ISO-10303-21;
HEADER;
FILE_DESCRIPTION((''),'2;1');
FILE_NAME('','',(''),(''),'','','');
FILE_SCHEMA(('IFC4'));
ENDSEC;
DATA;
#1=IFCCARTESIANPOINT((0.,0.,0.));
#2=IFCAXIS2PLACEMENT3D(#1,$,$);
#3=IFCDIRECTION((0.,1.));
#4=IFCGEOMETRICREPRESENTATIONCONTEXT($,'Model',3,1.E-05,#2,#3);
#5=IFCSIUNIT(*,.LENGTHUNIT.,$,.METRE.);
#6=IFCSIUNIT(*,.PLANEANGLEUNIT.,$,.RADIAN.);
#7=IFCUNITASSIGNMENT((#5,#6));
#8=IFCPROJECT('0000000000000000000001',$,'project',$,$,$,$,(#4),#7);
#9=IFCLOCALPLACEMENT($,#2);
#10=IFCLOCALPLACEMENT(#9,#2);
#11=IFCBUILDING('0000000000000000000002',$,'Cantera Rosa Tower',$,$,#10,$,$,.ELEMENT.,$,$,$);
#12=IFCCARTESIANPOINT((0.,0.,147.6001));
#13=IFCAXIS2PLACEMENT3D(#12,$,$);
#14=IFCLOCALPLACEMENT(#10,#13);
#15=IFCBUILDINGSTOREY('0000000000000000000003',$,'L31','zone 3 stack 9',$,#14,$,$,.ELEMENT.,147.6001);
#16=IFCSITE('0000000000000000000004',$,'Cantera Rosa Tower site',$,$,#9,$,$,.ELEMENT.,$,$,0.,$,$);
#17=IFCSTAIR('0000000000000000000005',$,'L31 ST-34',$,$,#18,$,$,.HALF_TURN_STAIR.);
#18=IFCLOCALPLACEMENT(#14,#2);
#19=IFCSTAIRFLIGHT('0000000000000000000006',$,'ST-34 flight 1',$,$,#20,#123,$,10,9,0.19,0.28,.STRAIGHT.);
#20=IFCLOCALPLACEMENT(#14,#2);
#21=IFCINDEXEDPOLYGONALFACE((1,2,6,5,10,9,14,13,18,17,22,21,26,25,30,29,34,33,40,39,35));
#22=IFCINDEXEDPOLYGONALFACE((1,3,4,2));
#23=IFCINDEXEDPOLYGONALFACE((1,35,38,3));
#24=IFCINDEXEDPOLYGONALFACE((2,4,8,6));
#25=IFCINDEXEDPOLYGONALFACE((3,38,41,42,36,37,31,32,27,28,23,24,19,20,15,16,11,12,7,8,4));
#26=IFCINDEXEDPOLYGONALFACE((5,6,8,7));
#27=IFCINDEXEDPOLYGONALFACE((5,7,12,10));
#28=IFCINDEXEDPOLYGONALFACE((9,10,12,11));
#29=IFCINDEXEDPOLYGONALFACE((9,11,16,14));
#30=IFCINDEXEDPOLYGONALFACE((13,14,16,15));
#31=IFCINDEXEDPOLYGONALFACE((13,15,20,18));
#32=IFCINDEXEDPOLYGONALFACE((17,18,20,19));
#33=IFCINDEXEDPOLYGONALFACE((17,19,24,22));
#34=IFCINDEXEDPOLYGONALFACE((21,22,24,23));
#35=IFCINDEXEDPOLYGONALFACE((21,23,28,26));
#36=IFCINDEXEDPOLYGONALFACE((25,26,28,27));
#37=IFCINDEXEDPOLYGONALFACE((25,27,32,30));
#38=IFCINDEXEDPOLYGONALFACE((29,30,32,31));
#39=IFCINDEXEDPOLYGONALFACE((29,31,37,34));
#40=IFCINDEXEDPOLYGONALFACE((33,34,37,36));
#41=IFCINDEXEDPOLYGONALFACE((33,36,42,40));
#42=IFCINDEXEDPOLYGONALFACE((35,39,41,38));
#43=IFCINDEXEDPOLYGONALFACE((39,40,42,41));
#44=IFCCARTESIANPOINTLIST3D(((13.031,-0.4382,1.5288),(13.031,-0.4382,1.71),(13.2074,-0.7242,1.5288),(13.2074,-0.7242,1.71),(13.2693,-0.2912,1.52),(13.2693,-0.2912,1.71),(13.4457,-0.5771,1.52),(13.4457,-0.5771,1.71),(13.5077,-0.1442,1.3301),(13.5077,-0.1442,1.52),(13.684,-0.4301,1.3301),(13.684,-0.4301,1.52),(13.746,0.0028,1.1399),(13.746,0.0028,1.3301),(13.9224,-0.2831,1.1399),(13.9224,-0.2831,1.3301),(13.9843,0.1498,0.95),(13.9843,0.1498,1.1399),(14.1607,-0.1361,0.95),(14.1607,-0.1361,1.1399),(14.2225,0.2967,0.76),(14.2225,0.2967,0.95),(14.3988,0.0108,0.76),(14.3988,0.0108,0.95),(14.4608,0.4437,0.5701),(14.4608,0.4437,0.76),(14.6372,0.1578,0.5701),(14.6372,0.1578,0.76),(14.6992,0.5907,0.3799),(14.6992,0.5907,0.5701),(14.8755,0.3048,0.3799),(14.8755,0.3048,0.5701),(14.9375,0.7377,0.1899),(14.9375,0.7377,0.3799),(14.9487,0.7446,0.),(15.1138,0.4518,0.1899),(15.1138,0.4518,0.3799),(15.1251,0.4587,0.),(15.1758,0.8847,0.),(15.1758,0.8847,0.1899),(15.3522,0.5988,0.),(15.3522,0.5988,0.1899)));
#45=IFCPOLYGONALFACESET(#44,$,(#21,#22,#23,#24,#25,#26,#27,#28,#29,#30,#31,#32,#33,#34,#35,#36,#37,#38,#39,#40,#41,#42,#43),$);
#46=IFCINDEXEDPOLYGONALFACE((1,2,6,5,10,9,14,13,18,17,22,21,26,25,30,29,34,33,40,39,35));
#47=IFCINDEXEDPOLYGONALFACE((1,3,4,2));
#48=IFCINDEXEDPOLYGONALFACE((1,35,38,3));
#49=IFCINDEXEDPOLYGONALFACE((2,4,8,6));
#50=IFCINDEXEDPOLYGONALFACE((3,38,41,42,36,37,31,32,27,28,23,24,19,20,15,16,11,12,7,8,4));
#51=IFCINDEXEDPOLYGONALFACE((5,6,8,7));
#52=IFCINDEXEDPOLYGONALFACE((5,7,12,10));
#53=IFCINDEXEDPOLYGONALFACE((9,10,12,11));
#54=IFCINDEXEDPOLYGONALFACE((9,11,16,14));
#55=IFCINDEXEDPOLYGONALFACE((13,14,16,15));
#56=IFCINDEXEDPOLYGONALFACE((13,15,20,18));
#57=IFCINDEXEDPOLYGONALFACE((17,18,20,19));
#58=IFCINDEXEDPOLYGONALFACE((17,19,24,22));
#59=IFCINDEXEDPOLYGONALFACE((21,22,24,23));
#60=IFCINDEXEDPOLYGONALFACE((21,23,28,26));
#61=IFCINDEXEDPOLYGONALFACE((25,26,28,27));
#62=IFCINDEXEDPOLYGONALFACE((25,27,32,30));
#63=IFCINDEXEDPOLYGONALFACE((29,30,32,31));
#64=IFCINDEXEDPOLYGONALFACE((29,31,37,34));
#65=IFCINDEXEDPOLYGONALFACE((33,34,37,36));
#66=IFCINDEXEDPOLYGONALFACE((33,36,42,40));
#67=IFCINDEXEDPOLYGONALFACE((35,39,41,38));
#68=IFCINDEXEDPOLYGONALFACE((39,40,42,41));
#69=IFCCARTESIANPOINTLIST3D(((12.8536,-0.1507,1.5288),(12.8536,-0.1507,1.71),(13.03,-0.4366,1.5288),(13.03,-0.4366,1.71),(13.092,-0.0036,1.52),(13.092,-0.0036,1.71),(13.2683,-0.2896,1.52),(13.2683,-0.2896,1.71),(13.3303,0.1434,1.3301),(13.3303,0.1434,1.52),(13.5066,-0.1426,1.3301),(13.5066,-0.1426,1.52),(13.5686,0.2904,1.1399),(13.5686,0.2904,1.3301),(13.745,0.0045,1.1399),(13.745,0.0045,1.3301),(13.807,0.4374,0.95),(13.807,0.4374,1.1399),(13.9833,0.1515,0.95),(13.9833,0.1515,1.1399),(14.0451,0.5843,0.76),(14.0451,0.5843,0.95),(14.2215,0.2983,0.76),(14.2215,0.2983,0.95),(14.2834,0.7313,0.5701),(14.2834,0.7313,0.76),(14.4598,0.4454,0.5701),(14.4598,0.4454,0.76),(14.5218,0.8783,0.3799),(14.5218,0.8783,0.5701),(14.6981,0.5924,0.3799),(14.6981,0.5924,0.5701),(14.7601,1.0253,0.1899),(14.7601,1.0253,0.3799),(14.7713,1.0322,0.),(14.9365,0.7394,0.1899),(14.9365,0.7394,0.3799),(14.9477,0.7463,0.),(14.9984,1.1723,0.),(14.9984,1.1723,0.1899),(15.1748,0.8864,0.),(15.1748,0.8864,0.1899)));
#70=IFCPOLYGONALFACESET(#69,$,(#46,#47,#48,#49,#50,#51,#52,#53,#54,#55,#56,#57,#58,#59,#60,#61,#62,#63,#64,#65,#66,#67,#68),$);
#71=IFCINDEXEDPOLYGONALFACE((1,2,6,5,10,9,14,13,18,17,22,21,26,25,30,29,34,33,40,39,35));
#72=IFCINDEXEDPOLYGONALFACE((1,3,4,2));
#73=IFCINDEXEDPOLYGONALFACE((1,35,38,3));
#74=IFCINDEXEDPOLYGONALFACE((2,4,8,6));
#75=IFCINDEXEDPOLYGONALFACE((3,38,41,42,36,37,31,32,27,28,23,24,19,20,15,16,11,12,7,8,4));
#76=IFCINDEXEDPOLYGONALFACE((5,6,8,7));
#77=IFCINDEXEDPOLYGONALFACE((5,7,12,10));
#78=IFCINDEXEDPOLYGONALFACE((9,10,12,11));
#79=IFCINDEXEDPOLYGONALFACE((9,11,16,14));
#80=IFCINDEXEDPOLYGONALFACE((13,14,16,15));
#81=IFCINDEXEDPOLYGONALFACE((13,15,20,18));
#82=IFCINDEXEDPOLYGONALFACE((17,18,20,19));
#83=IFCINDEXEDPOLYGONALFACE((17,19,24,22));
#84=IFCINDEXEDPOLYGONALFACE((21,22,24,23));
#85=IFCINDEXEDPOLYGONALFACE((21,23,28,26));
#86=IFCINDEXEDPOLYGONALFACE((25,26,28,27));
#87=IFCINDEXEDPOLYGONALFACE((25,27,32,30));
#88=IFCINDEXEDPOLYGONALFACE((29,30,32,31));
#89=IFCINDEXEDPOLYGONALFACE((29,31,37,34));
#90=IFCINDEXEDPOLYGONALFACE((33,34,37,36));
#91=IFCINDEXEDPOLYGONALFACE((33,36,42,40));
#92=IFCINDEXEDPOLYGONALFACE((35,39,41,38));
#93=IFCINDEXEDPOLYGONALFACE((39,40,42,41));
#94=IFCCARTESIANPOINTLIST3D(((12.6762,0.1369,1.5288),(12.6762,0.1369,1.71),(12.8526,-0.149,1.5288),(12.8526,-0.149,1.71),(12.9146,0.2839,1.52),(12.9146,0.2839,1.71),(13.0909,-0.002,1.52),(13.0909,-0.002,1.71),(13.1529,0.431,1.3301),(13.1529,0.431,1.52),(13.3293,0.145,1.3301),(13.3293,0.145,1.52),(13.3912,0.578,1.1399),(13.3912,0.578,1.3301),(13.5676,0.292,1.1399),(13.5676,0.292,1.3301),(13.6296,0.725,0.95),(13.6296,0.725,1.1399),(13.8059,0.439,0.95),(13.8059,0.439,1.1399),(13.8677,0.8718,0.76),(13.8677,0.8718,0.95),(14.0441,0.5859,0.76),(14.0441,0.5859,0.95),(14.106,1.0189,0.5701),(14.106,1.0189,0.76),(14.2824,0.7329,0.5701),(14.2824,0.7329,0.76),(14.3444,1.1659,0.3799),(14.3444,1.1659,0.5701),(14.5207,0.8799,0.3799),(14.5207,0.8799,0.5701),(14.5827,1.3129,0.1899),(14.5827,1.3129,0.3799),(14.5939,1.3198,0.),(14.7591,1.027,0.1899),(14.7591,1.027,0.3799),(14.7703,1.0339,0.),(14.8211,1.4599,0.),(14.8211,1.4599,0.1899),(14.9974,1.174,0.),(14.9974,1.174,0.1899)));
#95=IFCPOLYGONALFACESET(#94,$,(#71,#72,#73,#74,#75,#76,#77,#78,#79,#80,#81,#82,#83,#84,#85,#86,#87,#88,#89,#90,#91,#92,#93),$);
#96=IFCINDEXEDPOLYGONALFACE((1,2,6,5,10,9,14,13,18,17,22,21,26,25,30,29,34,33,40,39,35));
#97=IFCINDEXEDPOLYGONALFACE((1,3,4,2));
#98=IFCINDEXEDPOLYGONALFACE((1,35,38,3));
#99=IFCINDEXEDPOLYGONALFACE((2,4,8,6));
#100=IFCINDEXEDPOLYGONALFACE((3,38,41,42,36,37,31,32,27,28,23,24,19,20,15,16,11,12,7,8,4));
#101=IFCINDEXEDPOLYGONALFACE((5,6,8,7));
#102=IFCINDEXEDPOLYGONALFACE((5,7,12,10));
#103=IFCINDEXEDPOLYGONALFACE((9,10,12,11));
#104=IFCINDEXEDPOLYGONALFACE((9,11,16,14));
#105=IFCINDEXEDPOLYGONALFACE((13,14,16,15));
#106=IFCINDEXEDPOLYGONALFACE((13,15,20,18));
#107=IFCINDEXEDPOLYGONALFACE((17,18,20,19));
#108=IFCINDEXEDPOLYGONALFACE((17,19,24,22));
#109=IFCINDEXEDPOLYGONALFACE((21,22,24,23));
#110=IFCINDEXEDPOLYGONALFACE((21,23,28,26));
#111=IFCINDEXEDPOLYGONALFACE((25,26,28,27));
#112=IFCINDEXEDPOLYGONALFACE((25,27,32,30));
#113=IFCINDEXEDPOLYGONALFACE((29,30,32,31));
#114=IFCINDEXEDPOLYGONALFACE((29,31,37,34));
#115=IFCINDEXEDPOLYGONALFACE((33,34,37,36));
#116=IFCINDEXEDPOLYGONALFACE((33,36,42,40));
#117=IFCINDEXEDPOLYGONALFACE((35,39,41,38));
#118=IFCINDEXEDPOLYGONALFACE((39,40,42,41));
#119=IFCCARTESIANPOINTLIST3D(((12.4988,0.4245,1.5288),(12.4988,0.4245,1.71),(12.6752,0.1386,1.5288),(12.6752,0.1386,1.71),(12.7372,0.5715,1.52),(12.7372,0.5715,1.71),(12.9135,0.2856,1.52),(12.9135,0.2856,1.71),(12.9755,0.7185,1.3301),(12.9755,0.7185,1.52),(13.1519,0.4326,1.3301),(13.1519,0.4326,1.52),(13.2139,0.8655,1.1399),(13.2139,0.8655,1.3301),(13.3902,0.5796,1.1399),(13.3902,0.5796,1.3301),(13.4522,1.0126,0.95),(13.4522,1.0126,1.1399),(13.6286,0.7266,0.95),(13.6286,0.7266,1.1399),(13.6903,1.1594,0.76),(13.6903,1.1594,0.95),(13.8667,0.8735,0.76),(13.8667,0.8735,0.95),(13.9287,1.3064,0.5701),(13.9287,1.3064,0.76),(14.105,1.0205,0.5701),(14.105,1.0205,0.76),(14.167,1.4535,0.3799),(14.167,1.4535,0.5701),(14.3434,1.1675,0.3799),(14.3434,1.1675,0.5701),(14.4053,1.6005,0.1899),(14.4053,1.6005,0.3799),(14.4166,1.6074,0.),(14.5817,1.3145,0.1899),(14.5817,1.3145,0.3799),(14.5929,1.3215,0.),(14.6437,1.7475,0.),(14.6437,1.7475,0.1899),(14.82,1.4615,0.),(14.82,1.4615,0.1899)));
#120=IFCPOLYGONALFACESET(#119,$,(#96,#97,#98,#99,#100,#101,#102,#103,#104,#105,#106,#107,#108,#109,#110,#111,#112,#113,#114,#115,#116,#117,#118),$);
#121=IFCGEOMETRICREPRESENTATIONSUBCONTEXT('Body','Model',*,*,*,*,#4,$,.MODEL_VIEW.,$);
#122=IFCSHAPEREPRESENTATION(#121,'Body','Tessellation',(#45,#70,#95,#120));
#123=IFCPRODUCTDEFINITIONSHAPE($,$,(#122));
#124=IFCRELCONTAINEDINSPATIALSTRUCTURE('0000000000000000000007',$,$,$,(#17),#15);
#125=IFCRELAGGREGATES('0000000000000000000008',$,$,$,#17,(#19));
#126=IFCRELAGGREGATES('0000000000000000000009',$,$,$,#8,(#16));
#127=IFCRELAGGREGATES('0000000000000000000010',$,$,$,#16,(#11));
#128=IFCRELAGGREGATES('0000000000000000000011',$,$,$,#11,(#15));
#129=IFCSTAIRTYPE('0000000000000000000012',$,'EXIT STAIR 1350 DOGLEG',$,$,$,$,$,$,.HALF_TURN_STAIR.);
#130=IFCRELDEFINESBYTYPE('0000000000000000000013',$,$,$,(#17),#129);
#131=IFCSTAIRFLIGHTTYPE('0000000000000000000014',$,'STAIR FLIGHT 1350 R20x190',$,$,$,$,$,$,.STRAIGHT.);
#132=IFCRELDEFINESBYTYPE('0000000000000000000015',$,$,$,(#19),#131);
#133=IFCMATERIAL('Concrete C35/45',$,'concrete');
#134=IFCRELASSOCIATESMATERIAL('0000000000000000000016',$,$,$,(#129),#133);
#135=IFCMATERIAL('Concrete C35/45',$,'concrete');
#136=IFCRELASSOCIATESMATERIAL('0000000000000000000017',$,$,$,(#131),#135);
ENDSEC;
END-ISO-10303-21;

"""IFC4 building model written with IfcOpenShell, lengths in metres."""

from ifc_helpers import new_model, si_unit, direction, frame, origin, place, context, subcontext, project, spatial, polyline, outline, extrude, material, type_object, element, aggregate, save


model = new_model("IFC4")

# Units and contexts
model_context = context("Model", 3, precision=1e-05, world=origin(), true_north=direction((0.0, 1.0)))
body_context = subcontext(model_context, "Body", "Model", "MODEL_VIEW")
ifc_project = project(units=[si_unit("LENGTHUNIT", "METRE"), si_unit("PLANEANGLEUNIT", "RADIAN")], contexts=[model_context])

# Site, building, storey
site_placement = place(None, origin())
site = spatial("IfcSite", under=ifc_project, at=site_placement, Name="Cantera Rosa Tower site", CompositionType="ELEMENT", RefElevation=0.0)
building_placement = place(site_placement, origin())
building = spatial("IfcBuilding", under=site, at=building_placement, Name="Cantera Rosa Tower", CompositionType="ELEMENT")
storey_placement = place(building_placement, frame((0.0, 0.0, 147.6001)))
storey = spatial("IfcBuildingStorey", under=building, at=storey_placement, Name="L31", Description="zone 3 stack 9", CompositionType="ELEMENT", Elevation=147.6001)

# Stair, stair flight
ifc_material_1 = material(Name="Concrete C35/45", Category="concrete")
stair_type = type_object("IfcStairType", Name="EXIT STAIR 1350 DOGLEG", PredefinedType="HALF_TURN_STAIR", material=ifc_material_1)
ifc_material_2 = material(Name="Concrete C35/45", Category="concrete")
stair_flight_type = type_object("IfcStairFlightType", Name="STAIR FLIGHT 1350 R20x190", PredefinedType="STRAIGHT", material=ifc_material_2)
stair_1_placement = place(storey_placement, origin())
stair_1 = element("IfcStair", 1, at=stair_1_placement, inside=storey, type_object=stair_type, Name="L31 ST-34", PredefinedType="HALF_TURN_STAIR")
stair_flight_1_placement = place(storey_placement, frame((14.9978, 1.1733, 0.0), z_axis=(0.0, 0.0, 1.0), x_axis=(-0.851117, -0.524977, 0.0)))
stair_flight_1 = element("IfcStairFlight", 2, at=stair_flight_1_placement, type_object=stair_flight_type, Name="ST-34 flight 1", NumberOfRisers=10, NumberOfTreads=9, PredefinedType="STRAIGHT", RiserHeight=0.19, TreadLength=0.28, context=body_context, shape_type="SweptSolid", body=[
    extrude(outline(polyline([(0.0, 0.0), (0.0, 0.1899), (0.28, 0.1899), (0.28, 0.3799), (0.5601, 0.3799), (0.5601, 0.5701), (0.8401, 0.5701), (0.8401, 0.76), (1.1201, 0.76), (1.1201, 0.95), (1.3999, 0.95), (1.3999, 1.1399), (1.6799, 1.1399), (1.6799, 1.3301), (1.96, 1.3301), (1.96, 1.52), (2.24, 1.52), (2.24, 1.71), (2.52, 1.71), (2.52, 1.8999), (2.52, 1.5288), (0.2668, 0.0), (0.0, 0.0)])), frame((0.0, 0.675, 0.0), z_axis=(0.0, -1.0, 0.0), x_axis=(1.0, 0.0, 0.0)), (0.0, 0.0, 1.0), 0.3359),
    extrude(outline(polyline([(0.0, 0.0), (0.0, 0.1899), (0.28, 0.1899), (0.28, 0.3799), (0.5601, 0.3799), (0.5601, 0.5701), (0.8401, 0.5701), (0.8401, 0.76), (1.1201, 0.76), (1.1201, 0.95), (1.3999, 0.95), (1.3999, 1.1399), (1.6799, 1.1399), (1.6799, 1.3301), (1.96, 1.3301), (1.96, 1.52), (2.24, 1.52), (2.24, 1.71), (2.52, 1.71), (2.52, 1.8999), (2.52, 1.5288), (0.2668, 0.0), (0.0, 0.0)])), frame((0.0, 0.3372, 0.0), z_axis=(0.0, -1.0, 0.0), x_axis=(1.0, 0.0, 0.0)), (0.0, 0.0, 1.0), 0.3359),
    extrude(outline(polyline([(0.0, 0.0), (0.0, 0.1899), (0.28, 0.1899), (0.28, 0.3799), (0.5601, 0.3799), (0.5601, 0.5701), (0.8401, 0.5701), (0.8401, 0.76), (1.1201, 0.76), (1.1201, 0.95), (1.3999, 0.95), (1.3999, 1.1399), (1.6799, 1.1399), (1.6799, 1.3301), (1.96, 1.3301), (1.96, 1.52), (2.24, 1.52), (2.24, 1.71), (2.52, 1.71), (2.52, 1.8999), (2.52, 1.5288), (0.2668, 0.0), (0.0, 0.0)])), frame((0.0, -0.0007, 0.0), z_axis=(0.0, -1.0, 0.0), x_axis=(1.0, 0.0, 0.0)), (0.0, 0.0, 1.0), 0.3359),
    extrude(outline(polyline([(0.0, 0.0), (0.0, 0.1899), (0.28, 0.1899), (0.28, 0.3799), (0.5601, 0.3799), (0.5601, 0.5701), (0.8401, 0.5701), (0.8401, 0.76), (1.1201, 0.76), (1.1201, 0.95), (1.3999, 0.95), (1.3999, 1.1399), (1.6799, 1.1399), (1.6799, 1.3301), (1.96, 1.3301), (1.96, 1.52), (2.24, 1.52), (2.24, 1.71), (2.52, 1.71), (2.52, 1.8999), (2.52, 1.5288), (0.2668, 0.0), (0.0, 0.0)])), frame((0.0, -0.3386, 0.0), z_axis=(0.0, -1.0, 0.0), x_axis=(1.0, 0.0, 0.0)), (0.0, 0.0, 1.0), 0.3359),
])
aggregate(stair_1, [stair_flight_1])

save(model, "model.ifc")
